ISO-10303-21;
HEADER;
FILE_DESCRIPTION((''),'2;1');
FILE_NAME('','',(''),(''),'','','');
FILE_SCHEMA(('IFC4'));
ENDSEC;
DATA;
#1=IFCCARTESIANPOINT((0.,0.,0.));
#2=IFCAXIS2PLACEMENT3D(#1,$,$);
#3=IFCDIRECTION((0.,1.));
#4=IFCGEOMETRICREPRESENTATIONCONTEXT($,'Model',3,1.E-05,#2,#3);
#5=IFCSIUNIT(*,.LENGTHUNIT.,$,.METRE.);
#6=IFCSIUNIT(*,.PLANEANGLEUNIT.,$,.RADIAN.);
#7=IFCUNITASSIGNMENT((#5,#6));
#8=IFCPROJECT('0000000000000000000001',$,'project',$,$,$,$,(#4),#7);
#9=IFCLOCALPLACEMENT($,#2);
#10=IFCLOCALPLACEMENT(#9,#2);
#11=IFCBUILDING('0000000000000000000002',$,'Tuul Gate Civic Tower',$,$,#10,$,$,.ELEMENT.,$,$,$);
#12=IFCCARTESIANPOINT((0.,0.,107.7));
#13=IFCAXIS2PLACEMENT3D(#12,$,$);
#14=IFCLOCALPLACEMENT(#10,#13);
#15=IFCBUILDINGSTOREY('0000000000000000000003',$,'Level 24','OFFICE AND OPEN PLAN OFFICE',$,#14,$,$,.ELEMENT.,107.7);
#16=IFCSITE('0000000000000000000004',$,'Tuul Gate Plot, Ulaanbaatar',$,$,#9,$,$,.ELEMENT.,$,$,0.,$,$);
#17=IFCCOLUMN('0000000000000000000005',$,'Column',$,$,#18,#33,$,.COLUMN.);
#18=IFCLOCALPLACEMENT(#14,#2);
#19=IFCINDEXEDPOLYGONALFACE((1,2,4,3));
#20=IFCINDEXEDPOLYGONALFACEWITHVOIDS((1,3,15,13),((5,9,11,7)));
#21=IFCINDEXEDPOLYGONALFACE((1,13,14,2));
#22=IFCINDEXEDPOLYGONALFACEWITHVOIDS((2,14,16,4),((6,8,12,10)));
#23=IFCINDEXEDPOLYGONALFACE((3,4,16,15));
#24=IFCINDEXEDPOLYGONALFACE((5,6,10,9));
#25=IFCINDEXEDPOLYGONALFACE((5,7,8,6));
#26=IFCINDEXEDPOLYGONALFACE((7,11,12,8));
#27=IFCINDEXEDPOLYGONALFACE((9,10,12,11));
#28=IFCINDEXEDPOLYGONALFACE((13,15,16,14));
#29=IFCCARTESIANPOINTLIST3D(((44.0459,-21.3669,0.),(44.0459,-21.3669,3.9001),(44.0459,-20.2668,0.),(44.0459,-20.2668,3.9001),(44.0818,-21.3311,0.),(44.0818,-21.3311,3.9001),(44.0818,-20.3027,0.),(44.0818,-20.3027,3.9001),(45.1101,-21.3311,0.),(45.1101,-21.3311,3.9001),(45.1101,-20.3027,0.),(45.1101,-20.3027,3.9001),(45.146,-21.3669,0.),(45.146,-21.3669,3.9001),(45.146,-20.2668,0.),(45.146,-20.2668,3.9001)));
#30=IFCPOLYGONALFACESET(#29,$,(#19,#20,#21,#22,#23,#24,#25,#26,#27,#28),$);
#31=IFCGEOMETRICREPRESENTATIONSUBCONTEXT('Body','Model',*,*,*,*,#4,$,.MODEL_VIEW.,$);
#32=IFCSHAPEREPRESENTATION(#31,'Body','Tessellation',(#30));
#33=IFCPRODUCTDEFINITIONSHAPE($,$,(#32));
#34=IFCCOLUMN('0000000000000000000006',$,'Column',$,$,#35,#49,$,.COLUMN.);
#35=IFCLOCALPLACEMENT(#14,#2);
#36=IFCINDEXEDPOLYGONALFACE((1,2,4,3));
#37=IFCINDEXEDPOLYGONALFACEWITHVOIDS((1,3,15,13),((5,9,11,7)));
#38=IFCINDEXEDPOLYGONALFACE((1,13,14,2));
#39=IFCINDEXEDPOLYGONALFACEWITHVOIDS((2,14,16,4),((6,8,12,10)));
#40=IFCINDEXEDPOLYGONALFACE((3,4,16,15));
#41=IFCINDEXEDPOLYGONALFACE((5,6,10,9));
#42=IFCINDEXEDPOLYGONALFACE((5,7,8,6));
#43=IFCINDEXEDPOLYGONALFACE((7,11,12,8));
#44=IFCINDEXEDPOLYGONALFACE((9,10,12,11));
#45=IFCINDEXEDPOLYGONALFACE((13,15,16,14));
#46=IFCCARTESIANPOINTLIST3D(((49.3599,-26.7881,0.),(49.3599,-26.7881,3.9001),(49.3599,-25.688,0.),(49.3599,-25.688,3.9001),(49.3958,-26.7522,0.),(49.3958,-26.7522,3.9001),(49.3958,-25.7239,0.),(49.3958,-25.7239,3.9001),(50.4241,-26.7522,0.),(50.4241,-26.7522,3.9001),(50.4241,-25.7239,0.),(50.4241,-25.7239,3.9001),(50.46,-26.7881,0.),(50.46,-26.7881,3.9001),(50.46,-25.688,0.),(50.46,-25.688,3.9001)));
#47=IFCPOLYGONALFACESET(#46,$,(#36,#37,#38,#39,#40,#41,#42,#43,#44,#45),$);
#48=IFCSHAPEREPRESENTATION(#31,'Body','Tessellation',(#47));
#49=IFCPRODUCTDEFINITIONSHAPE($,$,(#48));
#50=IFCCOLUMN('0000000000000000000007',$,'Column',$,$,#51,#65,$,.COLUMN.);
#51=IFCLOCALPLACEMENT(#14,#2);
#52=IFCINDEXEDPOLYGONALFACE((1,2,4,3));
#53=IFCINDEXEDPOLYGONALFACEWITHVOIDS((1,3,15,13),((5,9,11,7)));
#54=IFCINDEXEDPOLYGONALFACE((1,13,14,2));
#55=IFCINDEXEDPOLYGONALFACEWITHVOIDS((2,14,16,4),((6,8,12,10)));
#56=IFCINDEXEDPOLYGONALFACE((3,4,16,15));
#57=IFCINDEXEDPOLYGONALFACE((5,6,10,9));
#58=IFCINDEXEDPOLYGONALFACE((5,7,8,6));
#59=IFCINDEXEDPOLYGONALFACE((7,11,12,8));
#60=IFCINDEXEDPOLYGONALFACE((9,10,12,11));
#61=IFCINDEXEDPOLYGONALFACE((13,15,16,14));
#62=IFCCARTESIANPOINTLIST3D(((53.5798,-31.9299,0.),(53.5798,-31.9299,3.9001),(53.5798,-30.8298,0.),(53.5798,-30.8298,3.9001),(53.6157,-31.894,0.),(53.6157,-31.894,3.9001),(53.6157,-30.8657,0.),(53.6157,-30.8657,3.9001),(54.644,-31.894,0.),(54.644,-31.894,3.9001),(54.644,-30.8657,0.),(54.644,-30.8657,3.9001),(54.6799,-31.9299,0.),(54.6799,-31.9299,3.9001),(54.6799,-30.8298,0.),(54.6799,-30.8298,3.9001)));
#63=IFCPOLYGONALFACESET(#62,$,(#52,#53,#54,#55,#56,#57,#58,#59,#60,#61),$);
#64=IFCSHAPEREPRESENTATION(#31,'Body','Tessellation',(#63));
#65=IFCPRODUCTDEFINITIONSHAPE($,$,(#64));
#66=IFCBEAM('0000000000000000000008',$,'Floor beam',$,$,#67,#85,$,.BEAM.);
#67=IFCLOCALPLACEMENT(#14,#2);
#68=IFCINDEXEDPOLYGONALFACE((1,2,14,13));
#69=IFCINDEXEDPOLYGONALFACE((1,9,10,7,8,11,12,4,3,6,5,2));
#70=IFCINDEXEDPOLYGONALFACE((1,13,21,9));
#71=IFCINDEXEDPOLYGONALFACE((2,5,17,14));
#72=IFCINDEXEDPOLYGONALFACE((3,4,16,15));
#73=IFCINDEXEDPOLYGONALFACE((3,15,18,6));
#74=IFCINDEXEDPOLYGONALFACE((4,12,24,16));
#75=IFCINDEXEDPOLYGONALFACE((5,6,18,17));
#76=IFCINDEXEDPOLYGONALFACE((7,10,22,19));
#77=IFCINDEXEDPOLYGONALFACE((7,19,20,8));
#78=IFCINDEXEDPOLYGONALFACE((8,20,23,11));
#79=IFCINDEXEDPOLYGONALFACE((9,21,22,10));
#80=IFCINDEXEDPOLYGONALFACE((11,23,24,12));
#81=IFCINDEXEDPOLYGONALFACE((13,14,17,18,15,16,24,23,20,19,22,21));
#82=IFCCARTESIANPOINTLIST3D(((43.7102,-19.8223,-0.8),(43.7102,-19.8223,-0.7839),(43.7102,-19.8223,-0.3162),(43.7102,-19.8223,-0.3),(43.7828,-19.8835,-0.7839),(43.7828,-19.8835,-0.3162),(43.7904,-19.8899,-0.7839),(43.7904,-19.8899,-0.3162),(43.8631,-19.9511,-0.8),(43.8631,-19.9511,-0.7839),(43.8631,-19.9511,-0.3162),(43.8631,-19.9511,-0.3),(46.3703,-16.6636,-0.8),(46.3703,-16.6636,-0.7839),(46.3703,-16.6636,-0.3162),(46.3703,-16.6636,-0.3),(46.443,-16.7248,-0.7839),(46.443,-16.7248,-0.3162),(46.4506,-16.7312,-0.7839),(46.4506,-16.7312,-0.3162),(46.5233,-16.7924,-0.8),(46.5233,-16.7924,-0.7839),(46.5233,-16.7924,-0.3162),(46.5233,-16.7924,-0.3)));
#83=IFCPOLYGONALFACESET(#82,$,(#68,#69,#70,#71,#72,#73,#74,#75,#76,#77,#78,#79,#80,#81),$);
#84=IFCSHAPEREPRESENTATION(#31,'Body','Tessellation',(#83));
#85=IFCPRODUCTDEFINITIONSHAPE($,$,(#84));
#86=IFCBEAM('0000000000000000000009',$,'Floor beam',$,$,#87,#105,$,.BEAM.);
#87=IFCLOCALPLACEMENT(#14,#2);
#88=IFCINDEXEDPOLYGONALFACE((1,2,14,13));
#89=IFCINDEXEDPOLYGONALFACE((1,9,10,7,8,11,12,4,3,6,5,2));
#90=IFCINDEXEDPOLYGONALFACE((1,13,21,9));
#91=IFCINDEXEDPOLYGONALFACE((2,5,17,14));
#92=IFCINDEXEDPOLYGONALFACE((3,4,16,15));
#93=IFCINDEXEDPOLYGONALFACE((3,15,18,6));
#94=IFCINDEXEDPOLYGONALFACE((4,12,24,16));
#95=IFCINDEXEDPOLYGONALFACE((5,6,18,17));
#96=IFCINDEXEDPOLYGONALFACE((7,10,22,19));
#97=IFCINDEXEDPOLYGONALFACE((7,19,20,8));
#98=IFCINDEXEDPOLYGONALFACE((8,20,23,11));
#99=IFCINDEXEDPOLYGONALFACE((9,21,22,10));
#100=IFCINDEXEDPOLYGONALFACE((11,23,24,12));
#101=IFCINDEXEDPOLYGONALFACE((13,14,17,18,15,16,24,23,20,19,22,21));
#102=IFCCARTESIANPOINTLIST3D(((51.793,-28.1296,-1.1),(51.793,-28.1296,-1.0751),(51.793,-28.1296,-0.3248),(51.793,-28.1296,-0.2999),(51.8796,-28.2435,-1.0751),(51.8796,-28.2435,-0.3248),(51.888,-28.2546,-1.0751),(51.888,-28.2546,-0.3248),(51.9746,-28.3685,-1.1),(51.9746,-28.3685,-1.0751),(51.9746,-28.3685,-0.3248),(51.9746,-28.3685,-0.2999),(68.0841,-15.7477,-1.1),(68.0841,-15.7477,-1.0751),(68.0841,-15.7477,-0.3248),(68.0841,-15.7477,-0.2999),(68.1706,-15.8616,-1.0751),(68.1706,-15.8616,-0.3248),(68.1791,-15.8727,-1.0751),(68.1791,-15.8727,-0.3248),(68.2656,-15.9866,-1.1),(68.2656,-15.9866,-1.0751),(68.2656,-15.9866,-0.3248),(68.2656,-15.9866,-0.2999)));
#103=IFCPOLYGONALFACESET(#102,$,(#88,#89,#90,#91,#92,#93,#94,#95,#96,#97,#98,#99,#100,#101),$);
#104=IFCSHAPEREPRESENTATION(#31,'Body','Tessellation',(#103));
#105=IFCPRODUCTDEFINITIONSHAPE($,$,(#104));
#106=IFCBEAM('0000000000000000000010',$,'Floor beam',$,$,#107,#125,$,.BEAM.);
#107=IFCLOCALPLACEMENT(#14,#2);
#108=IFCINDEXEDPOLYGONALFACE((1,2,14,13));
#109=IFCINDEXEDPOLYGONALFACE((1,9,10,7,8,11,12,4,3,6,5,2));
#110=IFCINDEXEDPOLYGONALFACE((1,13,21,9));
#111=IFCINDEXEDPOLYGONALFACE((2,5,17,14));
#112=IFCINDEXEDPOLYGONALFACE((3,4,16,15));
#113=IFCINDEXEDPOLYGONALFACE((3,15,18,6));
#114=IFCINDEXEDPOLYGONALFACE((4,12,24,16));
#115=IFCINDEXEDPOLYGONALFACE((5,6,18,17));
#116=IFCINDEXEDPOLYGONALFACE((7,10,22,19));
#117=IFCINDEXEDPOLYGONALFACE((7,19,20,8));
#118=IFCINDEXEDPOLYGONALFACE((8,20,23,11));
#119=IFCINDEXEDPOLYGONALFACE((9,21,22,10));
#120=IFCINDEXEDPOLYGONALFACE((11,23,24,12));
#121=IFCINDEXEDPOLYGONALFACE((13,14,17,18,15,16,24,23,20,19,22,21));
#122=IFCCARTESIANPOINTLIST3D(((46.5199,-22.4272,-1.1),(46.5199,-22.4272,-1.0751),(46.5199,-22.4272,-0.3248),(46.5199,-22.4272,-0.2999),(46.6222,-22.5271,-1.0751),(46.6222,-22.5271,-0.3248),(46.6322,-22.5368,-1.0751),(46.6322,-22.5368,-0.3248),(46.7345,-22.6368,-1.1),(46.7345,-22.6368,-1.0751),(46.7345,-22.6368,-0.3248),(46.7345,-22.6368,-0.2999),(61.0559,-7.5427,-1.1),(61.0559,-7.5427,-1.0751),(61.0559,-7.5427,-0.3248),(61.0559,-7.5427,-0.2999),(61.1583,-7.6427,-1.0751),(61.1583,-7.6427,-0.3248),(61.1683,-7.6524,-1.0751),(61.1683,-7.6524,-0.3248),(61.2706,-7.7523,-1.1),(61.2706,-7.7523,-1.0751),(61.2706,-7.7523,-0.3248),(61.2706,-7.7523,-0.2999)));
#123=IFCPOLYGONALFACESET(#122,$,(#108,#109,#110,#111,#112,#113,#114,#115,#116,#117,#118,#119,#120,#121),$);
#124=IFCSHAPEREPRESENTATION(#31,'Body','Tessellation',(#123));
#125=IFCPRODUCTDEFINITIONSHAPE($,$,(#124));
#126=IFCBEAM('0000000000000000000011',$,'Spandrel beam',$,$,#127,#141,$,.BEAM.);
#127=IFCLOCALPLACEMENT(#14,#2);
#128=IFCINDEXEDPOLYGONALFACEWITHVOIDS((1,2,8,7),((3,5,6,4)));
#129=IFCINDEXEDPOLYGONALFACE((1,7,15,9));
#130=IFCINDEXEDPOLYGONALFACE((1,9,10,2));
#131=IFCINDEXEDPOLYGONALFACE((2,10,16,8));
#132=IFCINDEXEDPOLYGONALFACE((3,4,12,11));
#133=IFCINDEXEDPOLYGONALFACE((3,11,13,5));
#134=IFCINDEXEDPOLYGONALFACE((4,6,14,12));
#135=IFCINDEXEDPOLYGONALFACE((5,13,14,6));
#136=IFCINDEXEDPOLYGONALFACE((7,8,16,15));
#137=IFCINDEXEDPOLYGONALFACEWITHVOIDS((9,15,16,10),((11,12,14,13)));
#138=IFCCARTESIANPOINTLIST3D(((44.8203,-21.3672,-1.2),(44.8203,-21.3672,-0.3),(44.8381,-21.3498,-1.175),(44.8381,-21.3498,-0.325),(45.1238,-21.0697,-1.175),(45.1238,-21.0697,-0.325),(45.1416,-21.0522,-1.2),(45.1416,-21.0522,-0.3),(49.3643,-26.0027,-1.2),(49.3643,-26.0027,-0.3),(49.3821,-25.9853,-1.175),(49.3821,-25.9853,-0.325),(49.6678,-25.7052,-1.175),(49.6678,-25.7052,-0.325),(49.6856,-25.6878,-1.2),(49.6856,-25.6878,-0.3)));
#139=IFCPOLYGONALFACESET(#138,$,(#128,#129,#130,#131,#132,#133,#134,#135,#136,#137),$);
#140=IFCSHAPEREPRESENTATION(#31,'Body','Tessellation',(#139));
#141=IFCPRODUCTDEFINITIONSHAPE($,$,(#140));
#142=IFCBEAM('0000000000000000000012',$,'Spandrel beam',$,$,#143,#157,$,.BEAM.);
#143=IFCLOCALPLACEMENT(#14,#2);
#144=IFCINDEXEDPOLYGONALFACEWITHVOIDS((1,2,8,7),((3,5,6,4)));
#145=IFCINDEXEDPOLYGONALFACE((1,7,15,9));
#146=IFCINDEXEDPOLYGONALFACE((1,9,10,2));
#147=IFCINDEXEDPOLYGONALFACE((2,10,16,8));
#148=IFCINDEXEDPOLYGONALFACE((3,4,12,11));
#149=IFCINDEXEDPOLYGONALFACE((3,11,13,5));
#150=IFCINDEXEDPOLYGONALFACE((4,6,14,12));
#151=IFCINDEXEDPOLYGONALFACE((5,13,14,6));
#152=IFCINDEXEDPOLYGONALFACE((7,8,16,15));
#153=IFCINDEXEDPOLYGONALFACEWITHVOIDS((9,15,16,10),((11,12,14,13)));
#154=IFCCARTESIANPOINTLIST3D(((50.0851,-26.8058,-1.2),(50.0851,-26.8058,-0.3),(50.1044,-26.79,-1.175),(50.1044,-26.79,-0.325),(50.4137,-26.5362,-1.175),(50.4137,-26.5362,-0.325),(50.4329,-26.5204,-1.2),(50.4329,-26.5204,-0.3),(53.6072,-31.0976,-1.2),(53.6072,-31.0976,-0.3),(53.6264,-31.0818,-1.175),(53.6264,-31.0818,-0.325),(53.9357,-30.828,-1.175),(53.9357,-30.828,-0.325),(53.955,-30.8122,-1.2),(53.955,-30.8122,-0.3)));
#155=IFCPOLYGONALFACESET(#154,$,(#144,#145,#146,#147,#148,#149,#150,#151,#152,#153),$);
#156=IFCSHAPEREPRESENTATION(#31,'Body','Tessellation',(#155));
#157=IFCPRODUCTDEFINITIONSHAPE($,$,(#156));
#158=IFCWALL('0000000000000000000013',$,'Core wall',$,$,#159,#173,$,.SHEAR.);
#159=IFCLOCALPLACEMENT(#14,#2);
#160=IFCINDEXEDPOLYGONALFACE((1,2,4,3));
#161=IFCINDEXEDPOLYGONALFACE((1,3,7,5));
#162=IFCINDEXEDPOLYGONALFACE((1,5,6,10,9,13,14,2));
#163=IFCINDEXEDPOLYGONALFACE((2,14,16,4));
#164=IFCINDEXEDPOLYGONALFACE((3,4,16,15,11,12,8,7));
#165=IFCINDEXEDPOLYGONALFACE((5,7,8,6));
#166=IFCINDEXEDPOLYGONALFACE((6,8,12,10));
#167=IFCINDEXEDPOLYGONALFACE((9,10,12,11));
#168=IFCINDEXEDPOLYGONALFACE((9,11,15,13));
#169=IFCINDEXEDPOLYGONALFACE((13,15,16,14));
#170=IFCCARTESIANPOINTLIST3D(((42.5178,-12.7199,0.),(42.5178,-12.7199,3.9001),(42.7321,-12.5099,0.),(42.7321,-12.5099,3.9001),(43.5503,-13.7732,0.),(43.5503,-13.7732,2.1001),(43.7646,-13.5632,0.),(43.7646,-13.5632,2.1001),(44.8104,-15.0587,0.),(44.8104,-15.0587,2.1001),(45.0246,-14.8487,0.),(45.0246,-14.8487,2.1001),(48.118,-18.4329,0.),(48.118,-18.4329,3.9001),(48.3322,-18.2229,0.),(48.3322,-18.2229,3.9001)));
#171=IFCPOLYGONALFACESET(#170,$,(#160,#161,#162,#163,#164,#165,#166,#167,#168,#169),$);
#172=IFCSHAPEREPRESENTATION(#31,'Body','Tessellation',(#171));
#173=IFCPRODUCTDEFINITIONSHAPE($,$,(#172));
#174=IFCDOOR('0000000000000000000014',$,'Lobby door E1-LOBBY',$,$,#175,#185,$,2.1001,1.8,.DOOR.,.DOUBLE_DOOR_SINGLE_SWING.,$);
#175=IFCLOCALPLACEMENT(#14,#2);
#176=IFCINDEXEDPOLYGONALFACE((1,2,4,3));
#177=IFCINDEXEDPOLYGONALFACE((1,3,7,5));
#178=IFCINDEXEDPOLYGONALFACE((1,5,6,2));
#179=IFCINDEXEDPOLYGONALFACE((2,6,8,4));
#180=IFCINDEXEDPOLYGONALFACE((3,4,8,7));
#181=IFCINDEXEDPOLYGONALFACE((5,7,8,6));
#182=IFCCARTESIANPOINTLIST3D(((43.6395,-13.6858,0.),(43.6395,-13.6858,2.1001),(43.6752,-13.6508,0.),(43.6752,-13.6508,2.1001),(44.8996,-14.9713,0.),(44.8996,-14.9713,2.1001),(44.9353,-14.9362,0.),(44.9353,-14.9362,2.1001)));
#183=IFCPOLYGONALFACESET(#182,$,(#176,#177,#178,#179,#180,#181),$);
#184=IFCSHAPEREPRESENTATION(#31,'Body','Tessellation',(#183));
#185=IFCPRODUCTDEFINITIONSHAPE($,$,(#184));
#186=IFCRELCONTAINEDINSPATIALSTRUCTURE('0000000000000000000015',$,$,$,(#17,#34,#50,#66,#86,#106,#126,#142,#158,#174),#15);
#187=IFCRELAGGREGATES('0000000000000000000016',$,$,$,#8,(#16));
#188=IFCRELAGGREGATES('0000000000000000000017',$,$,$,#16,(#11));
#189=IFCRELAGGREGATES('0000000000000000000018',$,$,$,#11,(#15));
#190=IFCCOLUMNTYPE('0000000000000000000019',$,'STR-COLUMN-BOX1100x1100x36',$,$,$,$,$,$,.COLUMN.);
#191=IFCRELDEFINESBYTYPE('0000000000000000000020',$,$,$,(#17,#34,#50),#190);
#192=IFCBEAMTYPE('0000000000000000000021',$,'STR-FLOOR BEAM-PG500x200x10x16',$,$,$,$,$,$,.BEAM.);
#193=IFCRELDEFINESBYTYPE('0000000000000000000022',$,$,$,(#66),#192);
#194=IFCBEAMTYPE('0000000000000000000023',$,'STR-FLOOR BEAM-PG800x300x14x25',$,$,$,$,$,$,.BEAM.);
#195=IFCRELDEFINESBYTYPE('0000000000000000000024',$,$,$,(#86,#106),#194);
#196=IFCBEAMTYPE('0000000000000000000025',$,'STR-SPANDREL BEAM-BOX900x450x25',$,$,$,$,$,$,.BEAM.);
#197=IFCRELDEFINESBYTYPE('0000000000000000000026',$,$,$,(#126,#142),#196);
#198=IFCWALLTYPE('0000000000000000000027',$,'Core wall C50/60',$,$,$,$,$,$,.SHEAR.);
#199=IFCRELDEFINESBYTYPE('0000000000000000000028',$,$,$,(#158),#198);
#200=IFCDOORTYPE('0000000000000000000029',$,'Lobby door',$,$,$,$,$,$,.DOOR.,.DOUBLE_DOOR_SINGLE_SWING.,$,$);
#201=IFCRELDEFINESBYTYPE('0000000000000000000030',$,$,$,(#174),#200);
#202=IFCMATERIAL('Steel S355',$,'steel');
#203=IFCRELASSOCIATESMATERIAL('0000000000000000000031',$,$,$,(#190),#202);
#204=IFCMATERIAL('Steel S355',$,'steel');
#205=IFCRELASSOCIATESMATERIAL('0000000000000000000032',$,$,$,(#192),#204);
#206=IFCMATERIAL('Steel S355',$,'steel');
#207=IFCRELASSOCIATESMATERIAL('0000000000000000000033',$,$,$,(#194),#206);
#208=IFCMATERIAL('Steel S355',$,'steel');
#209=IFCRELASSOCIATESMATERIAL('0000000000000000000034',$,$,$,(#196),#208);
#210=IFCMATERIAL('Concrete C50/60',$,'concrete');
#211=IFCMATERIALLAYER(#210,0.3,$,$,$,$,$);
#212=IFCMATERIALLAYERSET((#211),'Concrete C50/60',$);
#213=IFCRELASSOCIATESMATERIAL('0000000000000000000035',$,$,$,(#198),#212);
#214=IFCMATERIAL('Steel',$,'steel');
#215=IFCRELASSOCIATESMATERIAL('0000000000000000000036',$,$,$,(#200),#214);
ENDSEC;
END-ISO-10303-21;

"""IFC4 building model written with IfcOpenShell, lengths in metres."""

from ifc_helpers import new_model, si_unit, direction, frame, frame_2d, origin, origin_2d, place, context, subcontext, project, spatial, rectangle, hollow_rectangle, i_section, extrude, material, layer, layer_set, material_profile, profile_set, type_object, element, fill, save


model = new_model("IFC4")

# Units and contexts
model_context = context("Model", 3, precision=1e-05, world=origin(), true_north=direction((0.0, 1.0)))
body_context = subcontext(model_context, "Body", "Model", "MODEL_VIEW")
ifc_project = project(units=[si_unit("LENGTHUNIT", "METRE"), si_unit("PLANEANGLEUNIT", "RADIAN")], contexts=[model_context])

# Site, building, storey
site_placement = place(None, origin())
site = spatial("IfcSite", under=ifc_project, at=site_placement, Name="Tuul Gate Plot, Ulaanbaatar", CompositionType="ELEMENT", RefElevation=0.0)
building_placement = place(site_placement, origin())
building = spatial("IfcBuilding", under=site, at=building_placement, Name="Tuul Gate Civic Tower", CompositionType="ELEMENT")
storey_placement = place(building_placement, frame((0.0, 0.0, 107.7)))
storey = spatial("IfcBuildingStorey", under=building, at=storey_placement, Name="Level 24", Description="OFFICE AND OPEN PLAN OFFICE", CompositionType="ELEMENT", Elevation=107.7)

# Columns
ifc_material_1 = material(Name="Steel S355", Category="steel")
ifc_material_profile_1 = material_profile(ifc_material_1, hollow_rectangle(XDim=1.1001, YDim=1.1001, WallThickness=0.0359, at=origin_2d()), Name="BOX1100x1100x36")
ifc_profile_set_1 = profile_set([ifc_material_profile_1], Name="Steel S355")
column_type = type_object("IfcColumnType", Name="STR-COLUMN-BOX1100x1100x36", PredefinedType="COLUMN", material=ifc_profile_set_1)
for number, where, z_axis, x_axis, name in (
    (1, (44.5959, -20.8169, 0.0), (0.0, 0.0, 1.0), (1.0, 0.0, 0.0), "Column"),
    (2, (49.9099, -26.238, 0.0), (0.0, 0.0, 1.0), (1.0, 0.0, 0.0), "Column"),
    (3, (54.1299, -31.3799, 0.0), (0.0, 0.0, 1.0), (1.0, 0.0, 0.0), "Column"),
):
    element("IfcColumn", number, at=place(storey_placement, frame(where, z_axis=z_axis, x_axis=x_axis)), inside=storey, type_object=column_type, Name=name, PredefinedType="COLUMN", context=body_context, shape_type="SweptSolid", body=[
        extrude(hollow_rectangle(XDim=1.1001, YDim=1.1001, WallThickness=0.0359, at=origin_2d()), origin(), (0.0, 0.0, 1.0), 3.9001),
    ])

# Beams
ifc_material_2 = material(Name="Steel S355", Category="steel")
ifc_material_profile_2 = material_profile(ifc_material_2, i_section(OverallWidth=0.2, OverallDepth=0.5, WebThickness=0.01, FlangeThickness=0.0161, at=origin_2d()), Name="PG500x200x10x16")
ifc_profile_set_2 = profile_set([ifc_material_profile_2], Name="Steel S355")
beam_type_1 = type_object("IfcBeamType", Name="STR-FLOOR BEAM-PG500x200x10x16", PredefinedType="BEAM", material=ifc_profile_set_2)
beam_1_placement = place(storey_placement, frame((43.7866, -19.8867, -0.55), z_axis=(0.644165, 0.764887, 0.0), x_axis=(-0.764887, 0.644165, 0.0)))
element("IfcBeam", 4, at=beam_1_placement, inside=storey, type_object=beam_type_1, Name="Floor beam", PredefinedType="BEAM", context=body_context, shape_type="SweptSolid", body=[
    extrude(i_section(OverallWidth=0.2, OverallDepth=0.5, WebThickness=0.01, FlangeThickness=0.0161, at=origin_2d()), origin(), (0.0, 0.0, 1.0), 4.1296),
])
ifc_material_3 = material(Name="Steel S355", Category="steel")
ifc_material_profile_3 = material_profile(ifc_material_3, i_section(OverallWidth=0.3, OverallDepth=0.8, WebThickness=0.0139, FlangeThickness=0.0249, at=origin_2d()), Name="PG800x300x14x25")
ifc_profile_set_3 = profile_set([ifc_material_profile_3], Name="Steel S355")
beam_type_2 = type_object("IfcBeamType", Name="STR-FLOOR BEAM-PG800x300x14x25", PredefinedType="BEAM", material=ifc_profile_set_3)
beam_2_placement = place(storey_placement, frame((51.8838, -28.249, -0.7), z_axis=(0.796147, 0.605104, 0.0), x_axis=(-0.605104, 0.796147, 0.0)))
element("IfcBeam", 5, at=beam_2_placement, inside=storey, type_object=beam_type_2, Name="Floor beam", PredefinedType="BEAM", context=body_context, shape_type="SweptSolid", body=[
    extrude(i_section(OverallWidth=0.3, OverallDepth=0.8, WebThickness=0.0139, FlangeThickness=0.0249, at=origin_2d()), origin(), (0.0, 0.0, 1.0), 20.4624),
])
beam_3_placement = place(storey_placement, frame((46.6272, -22.532, -0.7), z_axis=(0.698684, 0.71543, 0.0), x_axis=(-0.71543, 0.698684, 0.0)))
element("IfcBeam", 6, at=beam_3_placement, inside=storey, type_object=beam_type_2, Name="Floor beam", PredefinedType="BEAM", context=body_context, shape_type="SweptSolid", body=[
    extrude(i_section(OverallWidth=0.3, OverallDepth=0.8, WebThickness=0.0139, FlangeThickness=0.0249, at=origin_2d()), origin(), (0.0, 0.0, 1.0), 20.8049),
])
ifc_material_4 = material(Name="Steel S355", Category="steel")
ifc_material_profile_4 = material_profile(ifc_material_4, hollow_rectangle(XDim=0.45, YDim=0.8999, WallThickness=0.0249, at=origin_2d()), Name="BOX900x450x25")
ifc_profile_set_4 = profile_set([ifc_material_profile_4], Name="Steel S355")
beam_type_3 = type_object("IfcBeamType", Name="STR-SPANDREL BEAM-BOX900x450x25", PredefinedType="BEAM", material=ifc_profile_set_4)
beam_4_placement = place(storey_placement, frame((44.981, -21.2097, -0.75), z_axis=(0.70002, -0.714124, 0.0), x_axis=(0.714124, 0.70002, 0.0)))
element("IfcBeam", 7, at=beam_4_placement, inside=storey, type_object=beam_type_3, Name="Spandrel beam", PredefinedType="BEAM", context=body_context, shape_type="SweptSolid", body=[
    extrude(hollow_rectangle(XDim=0.45, YDim=0.8999, WallThickness=0.0249, at=origin_2d()), origin(), (0.0, 0.0, 1.0), 6.4912),
])
beam_5_placement = place(storey_placement, frame((50.259, -26.6631, -0.75), z_axis=(0.634375, -0.773026, 0.0), x_axis=(0.773026, 0.634375, 0.0)))
element("IfcBeam", 8, at=beam_5_placement, inside=storey, type_object=beam_type_3, Name="Spandrel beam", PredefinedType="BEAM", context=body_context, shape_type="SweptSolid", body=[
    extrude(hollow_rectangle(XDim=0.45, YDim=0.8999, WallThickness=0.0249, at=origin_2d()), origin(), (0.0, 0.0, 1.0), 5.552),
])

# Wall, opening, door
ifc_material_5 = material(Name="Concrete C50/60", Category="concrete")
ifc_layer_1 = layer(ifc_material_5, 0.3)
ifc_layer_set_1 = layer_set([ifc_layer_1], Name="Concrete C50/60")
wall_type_1 = type_object("IfcWallType", Name="Core wall C50/60", PredefinedType="SHEAR", material=ifc_layer_set_1)
wall_1_placement = place(storey_placement, frame((48.2251, -18.3279, 0.0), z_axis=(0.0, 0.0, 1.0), x_axis=(-0.700022, 0.714121, 0.0)))
wall_1 = element("IfcWall", 9, at=wall_1_placement, inside=storey, type_object=wall_type_1, Name="Core wall", PredefinedType="SHEAR", context=body_context, shape_type="SweptSolid", body=[
    extrude(rectangle(XDim=8.0, YDim=0.3, at=frame_2d((4.0, 0.0))), origin(), (0.0, 0.0, 1.0), 3.9001),
])
opening_1_placement = place(wall_1_placement, frame((4.7251, 0.0, 0.0)))
opening_1 = element("IfcOpeningElement", 10, at=opening_1_placement, cuts=wall_1, PredefinedType="OPENING", context=body_context, shape_type="SweptSolid", body=[
    extrude(rectangle(XDim=1.8, YDim=2.1001, at=frame_2d((0.8999, 1.05))), frame((0.0, 0.1602, 0.0), z_axis=(0.0, -1.0, 0.0), x_axis=(1.0, 0.0, 0.0)), (0.0, 0.0, 1.0), 0.3201),
])
ifc_material_6 = material(Name="Steel", Category="steel")
door_type = type_object("IfcDoorType", Name="Lobby door", OperationType="DOUBLE_DOOR_SINGLE_SWING", PredefinedType="DOOR", material=ifc_material_6)
door_placement = place(opening_1_placement, frame((1.8, 0.0, 0.0), z_axis=(0.0, 0.0, 1.0), x_axis=(-1.0, 0.0, 0.0)))
door = element("IfcDoor", 11, at=door_placement, inside=storey, type_object=door_type, Name="Lobby door E1-LOBBY", OperationType="DOUBLE_DOOR_SINGLE_SWING", OverallHeight=2.1001, OverallWidth=1.8, PredefinedType="DOOR", context=body_context, shape_type="SweptSolid", body=[
    extrude(rectangle(XDim=1.8, YDim=2.1001, at=frame_2d((0.9001, 1.05))), frame((0.0, 0.0249, 0.0), z_axis=(0.0, -1.0, 0.0), x_axis=(1.0, 0.0, 0.0)), (0.0, 0.0, 1.0), 0.05),
])
fill(opening_1, door)

save(model, "model.ifc")
